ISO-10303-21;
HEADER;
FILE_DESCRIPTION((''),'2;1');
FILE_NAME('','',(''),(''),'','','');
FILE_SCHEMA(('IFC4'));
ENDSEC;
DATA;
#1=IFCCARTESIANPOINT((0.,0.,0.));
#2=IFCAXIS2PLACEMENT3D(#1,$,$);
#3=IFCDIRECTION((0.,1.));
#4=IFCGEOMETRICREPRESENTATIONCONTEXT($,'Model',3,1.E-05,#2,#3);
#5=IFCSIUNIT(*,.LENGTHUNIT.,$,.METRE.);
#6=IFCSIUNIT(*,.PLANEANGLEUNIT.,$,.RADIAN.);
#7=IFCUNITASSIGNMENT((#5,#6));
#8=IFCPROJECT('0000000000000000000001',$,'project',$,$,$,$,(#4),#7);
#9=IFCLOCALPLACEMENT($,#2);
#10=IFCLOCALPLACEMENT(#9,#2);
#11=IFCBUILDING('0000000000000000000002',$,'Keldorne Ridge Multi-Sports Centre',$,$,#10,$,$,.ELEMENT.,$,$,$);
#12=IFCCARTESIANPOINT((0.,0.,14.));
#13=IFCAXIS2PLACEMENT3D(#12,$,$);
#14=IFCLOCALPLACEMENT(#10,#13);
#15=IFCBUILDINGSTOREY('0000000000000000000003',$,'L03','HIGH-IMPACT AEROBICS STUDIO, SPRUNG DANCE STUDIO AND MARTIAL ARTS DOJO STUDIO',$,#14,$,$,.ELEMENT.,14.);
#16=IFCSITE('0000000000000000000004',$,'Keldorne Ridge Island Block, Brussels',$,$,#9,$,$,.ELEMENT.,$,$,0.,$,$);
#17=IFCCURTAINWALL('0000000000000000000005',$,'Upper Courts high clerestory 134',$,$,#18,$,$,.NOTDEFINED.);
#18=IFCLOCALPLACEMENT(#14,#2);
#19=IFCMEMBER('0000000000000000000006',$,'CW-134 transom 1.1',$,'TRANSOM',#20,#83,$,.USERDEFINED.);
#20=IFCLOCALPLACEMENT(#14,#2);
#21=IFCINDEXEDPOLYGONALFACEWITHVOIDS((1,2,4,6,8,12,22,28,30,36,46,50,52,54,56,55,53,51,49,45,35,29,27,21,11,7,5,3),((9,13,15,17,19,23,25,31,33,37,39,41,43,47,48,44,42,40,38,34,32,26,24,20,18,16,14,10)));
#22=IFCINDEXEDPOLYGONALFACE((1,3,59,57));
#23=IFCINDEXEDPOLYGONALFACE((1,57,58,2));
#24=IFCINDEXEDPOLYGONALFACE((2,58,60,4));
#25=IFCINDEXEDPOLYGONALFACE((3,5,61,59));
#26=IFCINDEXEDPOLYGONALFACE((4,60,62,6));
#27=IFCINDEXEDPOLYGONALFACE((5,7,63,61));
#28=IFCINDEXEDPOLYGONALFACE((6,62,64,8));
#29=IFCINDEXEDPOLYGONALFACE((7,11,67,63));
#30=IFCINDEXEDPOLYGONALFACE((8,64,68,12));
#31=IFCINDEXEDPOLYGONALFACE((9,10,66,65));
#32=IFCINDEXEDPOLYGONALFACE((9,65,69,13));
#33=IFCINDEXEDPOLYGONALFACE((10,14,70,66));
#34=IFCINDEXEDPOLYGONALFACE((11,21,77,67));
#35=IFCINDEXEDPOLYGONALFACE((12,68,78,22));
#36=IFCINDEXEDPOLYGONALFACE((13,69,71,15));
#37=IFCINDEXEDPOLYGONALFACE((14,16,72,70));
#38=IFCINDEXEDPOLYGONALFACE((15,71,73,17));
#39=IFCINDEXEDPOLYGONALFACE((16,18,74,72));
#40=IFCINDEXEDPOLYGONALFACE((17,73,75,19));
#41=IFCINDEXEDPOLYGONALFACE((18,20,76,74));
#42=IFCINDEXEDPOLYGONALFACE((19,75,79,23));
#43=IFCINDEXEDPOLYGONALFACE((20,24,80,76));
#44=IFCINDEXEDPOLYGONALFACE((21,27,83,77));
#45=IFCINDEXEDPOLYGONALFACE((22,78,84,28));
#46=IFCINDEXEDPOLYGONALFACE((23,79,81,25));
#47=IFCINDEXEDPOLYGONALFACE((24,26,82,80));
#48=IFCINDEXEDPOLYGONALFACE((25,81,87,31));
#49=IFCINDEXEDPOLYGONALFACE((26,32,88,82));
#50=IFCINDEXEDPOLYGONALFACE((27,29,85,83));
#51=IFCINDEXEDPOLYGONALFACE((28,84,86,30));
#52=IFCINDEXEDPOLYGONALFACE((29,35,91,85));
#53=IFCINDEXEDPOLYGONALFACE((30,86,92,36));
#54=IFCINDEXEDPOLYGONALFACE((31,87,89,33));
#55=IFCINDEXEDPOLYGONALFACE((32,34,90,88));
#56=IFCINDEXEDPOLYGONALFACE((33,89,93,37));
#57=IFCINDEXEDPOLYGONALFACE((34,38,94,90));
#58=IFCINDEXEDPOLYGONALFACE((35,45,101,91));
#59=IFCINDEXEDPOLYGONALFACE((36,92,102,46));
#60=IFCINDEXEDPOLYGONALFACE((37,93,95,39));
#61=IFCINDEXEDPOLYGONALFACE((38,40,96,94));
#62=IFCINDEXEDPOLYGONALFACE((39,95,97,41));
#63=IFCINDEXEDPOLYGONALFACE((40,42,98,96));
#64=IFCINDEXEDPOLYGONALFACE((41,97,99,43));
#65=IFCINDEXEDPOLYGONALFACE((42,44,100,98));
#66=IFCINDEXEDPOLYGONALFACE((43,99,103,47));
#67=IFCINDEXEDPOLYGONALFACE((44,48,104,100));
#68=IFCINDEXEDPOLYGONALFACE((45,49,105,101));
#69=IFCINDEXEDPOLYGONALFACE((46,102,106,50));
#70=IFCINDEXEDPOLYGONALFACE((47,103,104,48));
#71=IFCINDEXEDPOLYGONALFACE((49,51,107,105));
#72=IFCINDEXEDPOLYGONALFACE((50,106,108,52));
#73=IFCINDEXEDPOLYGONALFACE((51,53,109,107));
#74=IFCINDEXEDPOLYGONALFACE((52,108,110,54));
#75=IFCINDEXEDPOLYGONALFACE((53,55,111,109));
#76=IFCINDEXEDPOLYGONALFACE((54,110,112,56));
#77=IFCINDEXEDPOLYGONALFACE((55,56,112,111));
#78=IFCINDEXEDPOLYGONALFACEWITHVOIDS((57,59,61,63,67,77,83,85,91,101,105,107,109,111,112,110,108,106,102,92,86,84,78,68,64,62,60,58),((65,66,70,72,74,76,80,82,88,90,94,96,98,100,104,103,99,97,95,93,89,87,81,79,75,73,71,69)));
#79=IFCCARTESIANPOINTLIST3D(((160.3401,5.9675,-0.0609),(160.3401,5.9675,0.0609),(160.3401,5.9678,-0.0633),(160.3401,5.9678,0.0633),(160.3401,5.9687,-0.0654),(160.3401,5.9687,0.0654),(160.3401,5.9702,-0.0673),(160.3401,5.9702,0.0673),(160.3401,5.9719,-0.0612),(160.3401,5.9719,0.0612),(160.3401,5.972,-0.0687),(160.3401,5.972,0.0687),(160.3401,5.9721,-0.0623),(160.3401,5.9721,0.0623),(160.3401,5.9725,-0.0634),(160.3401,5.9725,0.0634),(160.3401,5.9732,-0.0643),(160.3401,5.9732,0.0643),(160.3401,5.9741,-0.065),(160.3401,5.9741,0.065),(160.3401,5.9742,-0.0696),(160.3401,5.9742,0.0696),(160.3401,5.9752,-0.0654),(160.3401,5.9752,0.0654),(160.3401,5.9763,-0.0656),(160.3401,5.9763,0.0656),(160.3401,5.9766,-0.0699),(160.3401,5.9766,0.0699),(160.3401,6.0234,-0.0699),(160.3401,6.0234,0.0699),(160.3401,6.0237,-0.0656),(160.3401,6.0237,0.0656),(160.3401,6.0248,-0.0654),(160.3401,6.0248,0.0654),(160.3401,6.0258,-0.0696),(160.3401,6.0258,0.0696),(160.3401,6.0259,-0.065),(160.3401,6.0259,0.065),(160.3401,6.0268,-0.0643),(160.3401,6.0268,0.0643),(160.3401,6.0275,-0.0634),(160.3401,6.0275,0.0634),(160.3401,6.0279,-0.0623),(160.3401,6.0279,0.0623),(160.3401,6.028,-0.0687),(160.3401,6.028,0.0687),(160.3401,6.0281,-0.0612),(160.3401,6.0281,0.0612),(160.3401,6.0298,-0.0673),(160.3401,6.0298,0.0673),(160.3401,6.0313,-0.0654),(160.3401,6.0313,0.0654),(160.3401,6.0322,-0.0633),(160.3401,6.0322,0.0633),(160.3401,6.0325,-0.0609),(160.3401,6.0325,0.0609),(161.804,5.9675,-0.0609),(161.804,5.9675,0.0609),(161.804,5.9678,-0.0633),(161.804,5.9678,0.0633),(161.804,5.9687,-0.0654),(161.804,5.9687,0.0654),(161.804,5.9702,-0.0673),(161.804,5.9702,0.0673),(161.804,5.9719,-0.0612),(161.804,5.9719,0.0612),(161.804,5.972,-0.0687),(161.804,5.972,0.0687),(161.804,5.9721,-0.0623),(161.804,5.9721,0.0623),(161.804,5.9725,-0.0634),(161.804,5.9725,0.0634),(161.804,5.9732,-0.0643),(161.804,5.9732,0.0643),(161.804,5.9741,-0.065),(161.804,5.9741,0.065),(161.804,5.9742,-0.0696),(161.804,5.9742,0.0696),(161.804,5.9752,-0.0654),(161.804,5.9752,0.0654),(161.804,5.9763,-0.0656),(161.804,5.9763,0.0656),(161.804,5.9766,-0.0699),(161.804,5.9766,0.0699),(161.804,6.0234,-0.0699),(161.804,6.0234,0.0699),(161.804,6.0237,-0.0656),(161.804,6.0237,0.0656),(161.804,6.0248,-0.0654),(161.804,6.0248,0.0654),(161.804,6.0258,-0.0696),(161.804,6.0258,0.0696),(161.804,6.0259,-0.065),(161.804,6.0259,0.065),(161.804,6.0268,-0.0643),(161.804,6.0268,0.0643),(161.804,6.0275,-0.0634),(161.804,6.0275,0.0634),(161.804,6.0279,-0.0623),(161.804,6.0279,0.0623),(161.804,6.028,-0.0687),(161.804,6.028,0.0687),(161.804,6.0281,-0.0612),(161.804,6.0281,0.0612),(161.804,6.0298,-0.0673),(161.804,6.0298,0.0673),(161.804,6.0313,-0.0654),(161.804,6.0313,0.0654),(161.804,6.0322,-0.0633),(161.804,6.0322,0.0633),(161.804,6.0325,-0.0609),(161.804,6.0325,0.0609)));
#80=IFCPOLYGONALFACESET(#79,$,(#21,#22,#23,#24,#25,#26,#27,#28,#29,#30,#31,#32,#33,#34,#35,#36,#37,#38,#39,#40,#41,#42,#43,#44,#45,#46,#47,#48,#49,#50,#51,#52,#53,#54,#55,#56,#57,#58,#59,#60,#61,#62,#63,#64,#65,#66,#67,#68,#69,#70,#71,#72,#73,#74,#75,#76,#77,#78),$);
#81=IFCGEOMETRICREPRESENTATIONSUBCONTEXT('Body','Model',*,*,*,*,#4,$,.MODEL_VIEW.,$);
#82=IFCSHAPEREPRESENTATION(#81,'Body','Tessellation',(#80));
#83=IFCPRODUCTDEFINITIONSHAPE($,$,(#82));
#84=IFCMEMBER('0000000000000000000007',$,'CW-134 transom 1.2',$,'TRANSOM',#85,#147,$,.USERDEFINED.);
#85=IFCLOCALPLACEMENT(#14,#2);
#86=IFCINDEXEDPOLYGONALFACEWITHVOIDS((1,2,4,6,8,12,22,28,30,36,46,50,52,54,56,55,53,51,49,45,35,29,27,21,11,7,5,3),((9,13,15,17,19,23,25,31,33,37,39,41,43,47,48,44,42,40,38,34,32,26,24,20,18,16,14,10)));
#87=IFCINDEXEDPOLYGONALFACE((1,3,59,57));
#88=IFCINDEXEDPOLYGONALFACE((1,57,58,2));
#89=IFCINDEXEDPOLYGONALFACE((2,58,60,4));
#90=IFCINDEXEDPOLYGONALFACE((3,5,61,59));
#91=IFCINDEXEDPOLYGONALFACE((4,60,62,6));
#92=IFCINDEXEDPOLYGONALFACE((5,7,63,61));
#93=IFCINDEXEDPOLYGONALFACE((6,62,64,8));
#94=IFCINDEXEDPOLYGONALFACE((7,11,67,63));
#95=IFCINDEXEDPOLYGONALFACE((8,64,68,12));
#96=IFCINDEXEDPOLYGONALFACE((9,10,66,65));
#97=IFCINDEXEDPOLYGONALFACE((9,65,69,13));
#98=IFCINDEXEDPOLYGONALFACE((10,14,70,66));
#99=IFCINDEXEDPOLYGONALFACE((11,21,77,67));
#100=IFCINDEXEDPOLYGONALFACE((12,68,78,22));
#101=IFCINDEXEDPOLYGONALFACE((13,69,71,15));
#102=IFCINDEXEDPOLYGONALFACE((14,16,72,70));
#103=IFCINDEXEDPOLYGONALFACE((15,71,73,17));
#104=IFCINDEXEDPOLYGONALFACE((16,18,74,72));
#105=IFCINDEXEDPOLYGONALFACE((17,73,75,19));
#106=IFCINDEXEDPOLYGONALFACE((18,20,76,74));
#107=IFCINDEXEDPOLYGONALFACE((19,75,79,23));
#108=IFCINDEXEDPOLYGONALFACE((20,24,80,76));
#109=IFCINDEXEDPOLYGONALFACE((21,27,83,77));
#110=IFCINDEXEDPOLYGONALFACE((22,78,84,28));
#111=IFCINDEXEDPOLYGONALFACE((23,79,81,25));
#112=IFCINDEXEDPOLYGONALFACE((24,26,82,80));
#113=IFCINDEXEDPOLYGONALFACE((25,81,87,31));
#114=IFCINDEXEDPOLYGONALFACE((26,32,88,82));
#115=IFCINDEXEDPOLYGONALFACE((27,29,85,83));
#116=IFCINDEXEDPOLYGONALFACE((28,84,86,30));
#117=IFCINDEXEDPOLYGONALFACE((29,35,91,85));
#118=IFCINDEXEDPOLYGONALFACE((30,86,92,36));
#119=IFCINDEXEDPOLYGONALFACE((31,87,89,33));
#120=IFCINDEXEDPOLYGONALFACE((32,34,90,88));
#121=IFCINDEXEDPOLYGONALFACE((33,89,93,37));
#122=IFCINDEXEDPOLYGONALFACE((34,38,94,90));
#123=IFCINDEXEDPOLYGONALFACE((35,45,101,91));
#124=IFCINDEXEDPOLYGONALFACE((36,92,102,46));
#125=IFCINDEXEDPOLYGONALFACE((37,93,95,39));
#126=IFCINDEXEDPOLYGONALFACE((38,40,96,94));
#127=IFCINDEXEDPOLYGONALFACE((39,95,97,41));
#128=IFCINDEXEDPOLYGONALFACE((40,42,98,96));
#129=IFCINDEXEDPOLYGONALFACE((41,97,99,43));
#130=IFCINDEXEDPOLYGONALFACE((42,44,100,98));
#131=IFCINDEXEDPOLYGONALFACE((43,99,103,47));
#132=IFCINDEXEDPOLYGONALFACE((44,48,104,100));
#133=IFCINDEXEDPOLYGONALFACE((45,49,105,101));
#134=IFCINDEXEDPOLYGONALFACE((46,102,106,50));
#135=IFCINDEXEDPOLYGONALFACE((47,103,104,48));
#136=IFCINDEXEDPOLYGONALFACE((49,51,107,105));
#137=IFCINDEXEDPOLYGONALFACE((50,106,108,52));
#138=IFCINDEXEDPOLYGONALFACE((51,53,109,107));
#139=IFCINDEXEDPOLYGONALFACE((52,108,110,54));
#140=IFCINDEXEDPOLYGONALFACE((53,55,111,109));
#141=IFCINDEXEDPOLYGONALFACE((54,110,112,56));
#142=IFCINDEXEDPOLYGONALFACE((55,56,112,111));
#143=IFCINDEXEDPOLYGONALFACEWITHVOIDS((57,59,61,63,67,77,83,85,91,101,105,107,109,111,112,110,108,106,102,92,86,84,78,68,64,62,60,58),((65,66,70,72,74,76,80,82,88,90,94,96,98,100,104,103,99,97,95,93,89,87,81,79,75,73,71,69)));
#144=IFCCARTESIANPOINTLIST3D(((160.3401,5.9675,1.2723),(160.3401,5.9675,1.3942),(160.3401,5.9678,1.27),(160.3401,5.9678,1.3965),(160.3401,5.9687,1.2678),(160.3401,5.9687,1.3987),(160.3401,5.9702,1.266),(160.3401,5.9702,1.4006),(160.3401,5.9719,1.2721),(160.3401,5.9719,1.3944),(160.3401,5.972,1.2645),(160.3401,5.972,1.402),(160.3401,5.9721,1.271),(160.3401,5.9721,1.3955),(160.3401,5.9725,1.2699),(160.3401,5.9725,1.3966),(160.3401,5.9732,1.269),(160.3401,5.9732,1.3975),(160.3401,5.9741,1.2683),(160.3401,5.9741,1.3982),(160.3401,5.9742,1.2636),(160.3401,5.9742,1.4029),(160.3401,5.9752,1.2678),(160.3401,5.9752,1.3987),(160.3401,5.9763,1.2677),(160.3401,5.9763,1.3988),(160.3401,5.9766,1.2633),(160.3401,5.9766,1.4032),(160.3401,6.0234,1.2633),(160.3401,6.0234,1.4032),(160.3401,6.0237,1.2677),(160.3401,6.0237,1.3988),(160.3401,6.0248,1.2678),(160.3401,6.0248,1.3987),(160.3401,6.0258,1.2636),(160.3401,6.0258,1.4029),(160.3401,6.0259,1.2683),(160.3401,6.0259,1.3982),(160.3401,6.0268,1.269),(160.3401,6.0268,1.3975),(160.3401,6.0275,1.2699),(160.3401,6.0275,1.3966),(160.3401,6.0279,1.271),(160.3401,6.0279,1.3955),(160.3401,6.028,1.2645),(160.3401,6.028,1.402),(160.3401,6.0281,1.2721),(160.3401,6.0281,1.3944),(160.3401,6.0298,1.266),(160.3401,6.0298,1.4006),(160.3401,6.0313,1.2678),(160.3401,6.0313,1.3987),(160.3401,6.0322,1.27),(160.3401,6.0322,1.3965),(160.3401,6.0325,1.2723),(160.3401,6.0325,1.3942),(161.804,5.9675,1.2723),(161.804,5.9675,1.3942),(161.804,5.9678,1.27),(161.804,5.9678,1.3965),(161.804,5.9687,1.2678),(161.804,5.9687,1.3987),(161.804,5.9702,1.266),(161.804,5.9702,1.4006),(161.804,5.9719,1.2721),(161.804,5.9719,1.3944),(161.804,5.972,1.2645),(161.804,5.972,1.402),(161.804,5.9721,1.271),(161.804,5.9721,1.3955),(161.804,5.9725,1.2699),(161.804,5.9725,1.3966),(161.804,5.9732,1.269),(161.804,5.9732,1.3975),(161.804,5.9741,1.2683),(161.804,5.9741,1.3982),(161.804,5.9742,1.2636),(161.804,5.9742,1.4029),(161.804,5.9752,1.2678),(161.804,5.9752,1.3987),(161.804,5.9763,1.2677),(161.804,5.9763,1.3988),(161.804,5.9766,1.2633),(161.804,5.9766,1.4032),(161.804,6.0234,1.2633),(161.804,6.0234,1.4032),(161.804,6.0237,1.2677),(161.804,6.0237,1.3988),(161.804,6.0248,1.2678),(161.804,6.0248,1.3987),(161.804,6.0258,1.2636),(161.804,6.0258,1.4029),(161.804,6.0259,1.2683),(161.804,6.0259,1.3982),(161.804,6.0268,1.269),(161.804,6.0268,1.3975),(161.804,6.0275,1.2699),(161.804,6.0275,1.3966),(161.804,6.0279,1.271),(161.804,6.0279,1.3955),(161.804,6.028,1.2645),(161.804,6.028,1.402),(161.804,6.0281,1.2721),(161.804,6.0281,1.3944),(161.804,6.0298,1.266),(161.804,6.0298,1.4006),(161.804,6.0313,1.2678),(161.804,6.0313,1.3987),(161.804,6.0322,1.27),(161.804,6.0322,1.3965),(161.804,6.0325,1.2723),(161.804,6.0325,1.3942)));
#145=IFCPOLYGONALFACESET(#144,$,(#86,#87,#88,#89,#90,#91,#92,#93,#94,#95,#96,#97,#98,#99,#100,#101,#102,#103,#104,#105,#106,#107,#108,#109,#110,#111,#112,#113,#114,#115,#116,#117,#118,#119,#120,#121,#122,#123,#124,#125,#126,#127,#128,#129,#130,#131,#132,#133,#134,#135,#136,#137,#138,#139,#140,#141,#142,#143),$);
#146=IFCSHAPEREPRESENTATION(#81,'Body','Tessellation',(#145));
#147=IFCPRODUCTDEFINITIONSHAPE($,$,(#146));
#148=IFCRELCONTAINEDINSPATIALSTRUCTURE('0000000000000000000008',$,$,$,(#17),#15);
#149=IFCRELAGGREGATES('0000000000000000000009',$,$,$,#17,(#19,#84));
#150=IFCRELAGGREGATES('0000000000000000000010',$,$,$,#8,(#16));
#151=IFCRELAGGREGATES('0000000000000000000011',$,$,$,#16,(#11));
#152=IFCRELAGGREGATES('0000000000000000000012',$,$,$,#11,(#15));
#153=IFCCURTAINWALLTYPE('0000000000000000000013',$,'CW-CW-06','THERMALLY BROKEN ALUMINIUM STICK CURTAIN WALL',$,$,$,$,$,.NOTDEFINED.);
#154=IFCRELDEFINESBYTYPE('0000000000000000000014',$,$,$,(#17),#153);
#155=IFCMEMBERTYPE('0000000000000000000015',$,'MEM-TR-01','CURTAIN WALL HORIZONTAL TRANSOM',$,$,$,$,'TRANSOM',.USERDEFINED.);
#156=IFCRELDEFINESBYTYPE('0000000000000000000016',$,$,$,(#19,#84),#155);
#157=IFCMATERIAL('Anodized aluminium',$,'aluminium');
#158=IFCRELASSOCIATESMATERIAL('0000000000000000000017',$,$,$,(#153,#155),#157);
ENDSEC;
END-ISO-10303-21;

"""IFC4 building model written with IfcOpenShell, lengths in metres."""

from ifc_helpers import new_model, si_unit, direction, frame, origin, origin_2d, place, context, subcontext, project, spatial, hollow_rectangle, extrude, material, material_profile, profile_set, type_object, element, aggregate, save


model = new_model("IFC4")

# Units and contexts
model_context = context("Model", 3, precision=1e-05, world=origin(), true_north=direction((0.0, 1.0)))
body_context = subcontext(model_context, "Body", "Model", "MODEL_VIEW")
ifc_project = project(units=[si_unit("LENGTHUNIT", "METRE"), si_unit("PLANEANGLEUNIT", "RADIAN")], contexts=[model_context])

# Site, building, storey
site_placement = place(None, origin())
site = spatial("IfcSite", under=ifc_project, at=site_placement, Name="Keldorne Ridge Island Block, Brussels", CompositionType="ELEMENT", RefElevation=0.0)
building_placement = place(site_placement, origin())
building = spatial("IfcBuilding", under=site, at=building_placement, Name="Keldorne Ridge Multi-Sports Centre", CompositionType="ELEMENT")
storey_placement = place(building_placement, frame((0.0, 0.0, 14.0)))
storey = spatial("IfcBuildingStorey", under=building, at=storey_placement, Name="L03", Description="HIGH-IMPACT AEROBICS STUDIO, SPRUNG DANCE STUDIO AND MARTIAL ARTS DOJO STUDIO", CompositionType="ELEMENT", Elevation=14.0)

# Shared definitions
ifc_material_1 = material(Name="Anodized aluminium", Category="aluminium")

# Curtain wall
curtain_wall_type_1 = type_object("IfcCurtainWallType", Name="CW-CW-06", Description="THERMALLY BROKEN ALUMINIUM STICK CURTAIN WALL", PredefinedType="NOTDEFINED", material=ifc_material_1)
curtain_wall_1_placement = place(storey_placement, origin())
curtain_wall_1 = element("IfcCurtainWall", 1, at=curtain_wall_1_placement, inside=storey, type_object=curtain_wall_type_1, Name="Upper Courts high clerestory 134", PredefinedType="NOTDEFINED")

# Members
ifc_material_profile_1 = material_profile(ifc_material_1, hollow_rectangle(XDim=0.0649, YDim=0.1399, WallThickness=0.0044, InnerFilletRadius=0.0044, OuterFilletRadius=0.009, at=origin_2d()), Name="ALU TRANSOM 140x65x4.5")
ifc_profile_set_1 = profile_set([ifc_material_profile_1], Name="Anodized aluminium")
member_type_1 = type_object("IfcMemberType", Name="MEM-TR-01", Description="CURTAIN WALL HORIZONTAL TRANSOM", ElementType="TRANSOM", PredefinedType="USERDEFINED", material=ifc_profile_set_1)
member_1_placement = place(storey_placement, frame((160.3401, 6.0, 0.0), z_axis=(1.0, 0.0, 0.0), x_axis=(0.0, 1.0, 0.0)))
member_1 = element("IfcMember", 2, at=member_1_placement, type_object=member_type_1, Name="CW-134 transom 1.1", ObjectType="TRANSOM", PredefinedType="USERDEFINED", context=body_context, shape_type="SweptSolid", body=[
    extrude(hollow_rectangle(XDim=0.0649, YDim=0.1399, WallThickness=0.0044, InnerFilletRadius=0.0044, OuterFilletRadius=0.009, at=origin_2d()), origin(), (0.0, 0.0, 1.0), 1.4639),
])
member_2_placement = place(storey_placement, frame((160.3401, 6.0, 1.3333), z_axis=(1.0, 0.0, 0.0), x_axis=(0.0, 1.0, 0.0)))
member_2 = element("IfcMember", 3, at=member_2_placement, type_object=member_type_1, Name="CW-134 transom 1.2", ObjectType="TRANSOM", PredefinedType="USERDEFINED", context=body_context, shape_type="SweptSolid", body=[
    extrude(hollow_rectangle(XDim=0.0649, YDim=0.1399, WallThickness=0.0044, InnerFilletRadius=0.0044, OuterFilletRadius=0.009, at=origin_2d()), origin(), (0.0, 0.0, 1.0), 1.4639),
])

aggregate(curtain_wall_1, [member_1, member_2])

save(model, "model.ifc")
